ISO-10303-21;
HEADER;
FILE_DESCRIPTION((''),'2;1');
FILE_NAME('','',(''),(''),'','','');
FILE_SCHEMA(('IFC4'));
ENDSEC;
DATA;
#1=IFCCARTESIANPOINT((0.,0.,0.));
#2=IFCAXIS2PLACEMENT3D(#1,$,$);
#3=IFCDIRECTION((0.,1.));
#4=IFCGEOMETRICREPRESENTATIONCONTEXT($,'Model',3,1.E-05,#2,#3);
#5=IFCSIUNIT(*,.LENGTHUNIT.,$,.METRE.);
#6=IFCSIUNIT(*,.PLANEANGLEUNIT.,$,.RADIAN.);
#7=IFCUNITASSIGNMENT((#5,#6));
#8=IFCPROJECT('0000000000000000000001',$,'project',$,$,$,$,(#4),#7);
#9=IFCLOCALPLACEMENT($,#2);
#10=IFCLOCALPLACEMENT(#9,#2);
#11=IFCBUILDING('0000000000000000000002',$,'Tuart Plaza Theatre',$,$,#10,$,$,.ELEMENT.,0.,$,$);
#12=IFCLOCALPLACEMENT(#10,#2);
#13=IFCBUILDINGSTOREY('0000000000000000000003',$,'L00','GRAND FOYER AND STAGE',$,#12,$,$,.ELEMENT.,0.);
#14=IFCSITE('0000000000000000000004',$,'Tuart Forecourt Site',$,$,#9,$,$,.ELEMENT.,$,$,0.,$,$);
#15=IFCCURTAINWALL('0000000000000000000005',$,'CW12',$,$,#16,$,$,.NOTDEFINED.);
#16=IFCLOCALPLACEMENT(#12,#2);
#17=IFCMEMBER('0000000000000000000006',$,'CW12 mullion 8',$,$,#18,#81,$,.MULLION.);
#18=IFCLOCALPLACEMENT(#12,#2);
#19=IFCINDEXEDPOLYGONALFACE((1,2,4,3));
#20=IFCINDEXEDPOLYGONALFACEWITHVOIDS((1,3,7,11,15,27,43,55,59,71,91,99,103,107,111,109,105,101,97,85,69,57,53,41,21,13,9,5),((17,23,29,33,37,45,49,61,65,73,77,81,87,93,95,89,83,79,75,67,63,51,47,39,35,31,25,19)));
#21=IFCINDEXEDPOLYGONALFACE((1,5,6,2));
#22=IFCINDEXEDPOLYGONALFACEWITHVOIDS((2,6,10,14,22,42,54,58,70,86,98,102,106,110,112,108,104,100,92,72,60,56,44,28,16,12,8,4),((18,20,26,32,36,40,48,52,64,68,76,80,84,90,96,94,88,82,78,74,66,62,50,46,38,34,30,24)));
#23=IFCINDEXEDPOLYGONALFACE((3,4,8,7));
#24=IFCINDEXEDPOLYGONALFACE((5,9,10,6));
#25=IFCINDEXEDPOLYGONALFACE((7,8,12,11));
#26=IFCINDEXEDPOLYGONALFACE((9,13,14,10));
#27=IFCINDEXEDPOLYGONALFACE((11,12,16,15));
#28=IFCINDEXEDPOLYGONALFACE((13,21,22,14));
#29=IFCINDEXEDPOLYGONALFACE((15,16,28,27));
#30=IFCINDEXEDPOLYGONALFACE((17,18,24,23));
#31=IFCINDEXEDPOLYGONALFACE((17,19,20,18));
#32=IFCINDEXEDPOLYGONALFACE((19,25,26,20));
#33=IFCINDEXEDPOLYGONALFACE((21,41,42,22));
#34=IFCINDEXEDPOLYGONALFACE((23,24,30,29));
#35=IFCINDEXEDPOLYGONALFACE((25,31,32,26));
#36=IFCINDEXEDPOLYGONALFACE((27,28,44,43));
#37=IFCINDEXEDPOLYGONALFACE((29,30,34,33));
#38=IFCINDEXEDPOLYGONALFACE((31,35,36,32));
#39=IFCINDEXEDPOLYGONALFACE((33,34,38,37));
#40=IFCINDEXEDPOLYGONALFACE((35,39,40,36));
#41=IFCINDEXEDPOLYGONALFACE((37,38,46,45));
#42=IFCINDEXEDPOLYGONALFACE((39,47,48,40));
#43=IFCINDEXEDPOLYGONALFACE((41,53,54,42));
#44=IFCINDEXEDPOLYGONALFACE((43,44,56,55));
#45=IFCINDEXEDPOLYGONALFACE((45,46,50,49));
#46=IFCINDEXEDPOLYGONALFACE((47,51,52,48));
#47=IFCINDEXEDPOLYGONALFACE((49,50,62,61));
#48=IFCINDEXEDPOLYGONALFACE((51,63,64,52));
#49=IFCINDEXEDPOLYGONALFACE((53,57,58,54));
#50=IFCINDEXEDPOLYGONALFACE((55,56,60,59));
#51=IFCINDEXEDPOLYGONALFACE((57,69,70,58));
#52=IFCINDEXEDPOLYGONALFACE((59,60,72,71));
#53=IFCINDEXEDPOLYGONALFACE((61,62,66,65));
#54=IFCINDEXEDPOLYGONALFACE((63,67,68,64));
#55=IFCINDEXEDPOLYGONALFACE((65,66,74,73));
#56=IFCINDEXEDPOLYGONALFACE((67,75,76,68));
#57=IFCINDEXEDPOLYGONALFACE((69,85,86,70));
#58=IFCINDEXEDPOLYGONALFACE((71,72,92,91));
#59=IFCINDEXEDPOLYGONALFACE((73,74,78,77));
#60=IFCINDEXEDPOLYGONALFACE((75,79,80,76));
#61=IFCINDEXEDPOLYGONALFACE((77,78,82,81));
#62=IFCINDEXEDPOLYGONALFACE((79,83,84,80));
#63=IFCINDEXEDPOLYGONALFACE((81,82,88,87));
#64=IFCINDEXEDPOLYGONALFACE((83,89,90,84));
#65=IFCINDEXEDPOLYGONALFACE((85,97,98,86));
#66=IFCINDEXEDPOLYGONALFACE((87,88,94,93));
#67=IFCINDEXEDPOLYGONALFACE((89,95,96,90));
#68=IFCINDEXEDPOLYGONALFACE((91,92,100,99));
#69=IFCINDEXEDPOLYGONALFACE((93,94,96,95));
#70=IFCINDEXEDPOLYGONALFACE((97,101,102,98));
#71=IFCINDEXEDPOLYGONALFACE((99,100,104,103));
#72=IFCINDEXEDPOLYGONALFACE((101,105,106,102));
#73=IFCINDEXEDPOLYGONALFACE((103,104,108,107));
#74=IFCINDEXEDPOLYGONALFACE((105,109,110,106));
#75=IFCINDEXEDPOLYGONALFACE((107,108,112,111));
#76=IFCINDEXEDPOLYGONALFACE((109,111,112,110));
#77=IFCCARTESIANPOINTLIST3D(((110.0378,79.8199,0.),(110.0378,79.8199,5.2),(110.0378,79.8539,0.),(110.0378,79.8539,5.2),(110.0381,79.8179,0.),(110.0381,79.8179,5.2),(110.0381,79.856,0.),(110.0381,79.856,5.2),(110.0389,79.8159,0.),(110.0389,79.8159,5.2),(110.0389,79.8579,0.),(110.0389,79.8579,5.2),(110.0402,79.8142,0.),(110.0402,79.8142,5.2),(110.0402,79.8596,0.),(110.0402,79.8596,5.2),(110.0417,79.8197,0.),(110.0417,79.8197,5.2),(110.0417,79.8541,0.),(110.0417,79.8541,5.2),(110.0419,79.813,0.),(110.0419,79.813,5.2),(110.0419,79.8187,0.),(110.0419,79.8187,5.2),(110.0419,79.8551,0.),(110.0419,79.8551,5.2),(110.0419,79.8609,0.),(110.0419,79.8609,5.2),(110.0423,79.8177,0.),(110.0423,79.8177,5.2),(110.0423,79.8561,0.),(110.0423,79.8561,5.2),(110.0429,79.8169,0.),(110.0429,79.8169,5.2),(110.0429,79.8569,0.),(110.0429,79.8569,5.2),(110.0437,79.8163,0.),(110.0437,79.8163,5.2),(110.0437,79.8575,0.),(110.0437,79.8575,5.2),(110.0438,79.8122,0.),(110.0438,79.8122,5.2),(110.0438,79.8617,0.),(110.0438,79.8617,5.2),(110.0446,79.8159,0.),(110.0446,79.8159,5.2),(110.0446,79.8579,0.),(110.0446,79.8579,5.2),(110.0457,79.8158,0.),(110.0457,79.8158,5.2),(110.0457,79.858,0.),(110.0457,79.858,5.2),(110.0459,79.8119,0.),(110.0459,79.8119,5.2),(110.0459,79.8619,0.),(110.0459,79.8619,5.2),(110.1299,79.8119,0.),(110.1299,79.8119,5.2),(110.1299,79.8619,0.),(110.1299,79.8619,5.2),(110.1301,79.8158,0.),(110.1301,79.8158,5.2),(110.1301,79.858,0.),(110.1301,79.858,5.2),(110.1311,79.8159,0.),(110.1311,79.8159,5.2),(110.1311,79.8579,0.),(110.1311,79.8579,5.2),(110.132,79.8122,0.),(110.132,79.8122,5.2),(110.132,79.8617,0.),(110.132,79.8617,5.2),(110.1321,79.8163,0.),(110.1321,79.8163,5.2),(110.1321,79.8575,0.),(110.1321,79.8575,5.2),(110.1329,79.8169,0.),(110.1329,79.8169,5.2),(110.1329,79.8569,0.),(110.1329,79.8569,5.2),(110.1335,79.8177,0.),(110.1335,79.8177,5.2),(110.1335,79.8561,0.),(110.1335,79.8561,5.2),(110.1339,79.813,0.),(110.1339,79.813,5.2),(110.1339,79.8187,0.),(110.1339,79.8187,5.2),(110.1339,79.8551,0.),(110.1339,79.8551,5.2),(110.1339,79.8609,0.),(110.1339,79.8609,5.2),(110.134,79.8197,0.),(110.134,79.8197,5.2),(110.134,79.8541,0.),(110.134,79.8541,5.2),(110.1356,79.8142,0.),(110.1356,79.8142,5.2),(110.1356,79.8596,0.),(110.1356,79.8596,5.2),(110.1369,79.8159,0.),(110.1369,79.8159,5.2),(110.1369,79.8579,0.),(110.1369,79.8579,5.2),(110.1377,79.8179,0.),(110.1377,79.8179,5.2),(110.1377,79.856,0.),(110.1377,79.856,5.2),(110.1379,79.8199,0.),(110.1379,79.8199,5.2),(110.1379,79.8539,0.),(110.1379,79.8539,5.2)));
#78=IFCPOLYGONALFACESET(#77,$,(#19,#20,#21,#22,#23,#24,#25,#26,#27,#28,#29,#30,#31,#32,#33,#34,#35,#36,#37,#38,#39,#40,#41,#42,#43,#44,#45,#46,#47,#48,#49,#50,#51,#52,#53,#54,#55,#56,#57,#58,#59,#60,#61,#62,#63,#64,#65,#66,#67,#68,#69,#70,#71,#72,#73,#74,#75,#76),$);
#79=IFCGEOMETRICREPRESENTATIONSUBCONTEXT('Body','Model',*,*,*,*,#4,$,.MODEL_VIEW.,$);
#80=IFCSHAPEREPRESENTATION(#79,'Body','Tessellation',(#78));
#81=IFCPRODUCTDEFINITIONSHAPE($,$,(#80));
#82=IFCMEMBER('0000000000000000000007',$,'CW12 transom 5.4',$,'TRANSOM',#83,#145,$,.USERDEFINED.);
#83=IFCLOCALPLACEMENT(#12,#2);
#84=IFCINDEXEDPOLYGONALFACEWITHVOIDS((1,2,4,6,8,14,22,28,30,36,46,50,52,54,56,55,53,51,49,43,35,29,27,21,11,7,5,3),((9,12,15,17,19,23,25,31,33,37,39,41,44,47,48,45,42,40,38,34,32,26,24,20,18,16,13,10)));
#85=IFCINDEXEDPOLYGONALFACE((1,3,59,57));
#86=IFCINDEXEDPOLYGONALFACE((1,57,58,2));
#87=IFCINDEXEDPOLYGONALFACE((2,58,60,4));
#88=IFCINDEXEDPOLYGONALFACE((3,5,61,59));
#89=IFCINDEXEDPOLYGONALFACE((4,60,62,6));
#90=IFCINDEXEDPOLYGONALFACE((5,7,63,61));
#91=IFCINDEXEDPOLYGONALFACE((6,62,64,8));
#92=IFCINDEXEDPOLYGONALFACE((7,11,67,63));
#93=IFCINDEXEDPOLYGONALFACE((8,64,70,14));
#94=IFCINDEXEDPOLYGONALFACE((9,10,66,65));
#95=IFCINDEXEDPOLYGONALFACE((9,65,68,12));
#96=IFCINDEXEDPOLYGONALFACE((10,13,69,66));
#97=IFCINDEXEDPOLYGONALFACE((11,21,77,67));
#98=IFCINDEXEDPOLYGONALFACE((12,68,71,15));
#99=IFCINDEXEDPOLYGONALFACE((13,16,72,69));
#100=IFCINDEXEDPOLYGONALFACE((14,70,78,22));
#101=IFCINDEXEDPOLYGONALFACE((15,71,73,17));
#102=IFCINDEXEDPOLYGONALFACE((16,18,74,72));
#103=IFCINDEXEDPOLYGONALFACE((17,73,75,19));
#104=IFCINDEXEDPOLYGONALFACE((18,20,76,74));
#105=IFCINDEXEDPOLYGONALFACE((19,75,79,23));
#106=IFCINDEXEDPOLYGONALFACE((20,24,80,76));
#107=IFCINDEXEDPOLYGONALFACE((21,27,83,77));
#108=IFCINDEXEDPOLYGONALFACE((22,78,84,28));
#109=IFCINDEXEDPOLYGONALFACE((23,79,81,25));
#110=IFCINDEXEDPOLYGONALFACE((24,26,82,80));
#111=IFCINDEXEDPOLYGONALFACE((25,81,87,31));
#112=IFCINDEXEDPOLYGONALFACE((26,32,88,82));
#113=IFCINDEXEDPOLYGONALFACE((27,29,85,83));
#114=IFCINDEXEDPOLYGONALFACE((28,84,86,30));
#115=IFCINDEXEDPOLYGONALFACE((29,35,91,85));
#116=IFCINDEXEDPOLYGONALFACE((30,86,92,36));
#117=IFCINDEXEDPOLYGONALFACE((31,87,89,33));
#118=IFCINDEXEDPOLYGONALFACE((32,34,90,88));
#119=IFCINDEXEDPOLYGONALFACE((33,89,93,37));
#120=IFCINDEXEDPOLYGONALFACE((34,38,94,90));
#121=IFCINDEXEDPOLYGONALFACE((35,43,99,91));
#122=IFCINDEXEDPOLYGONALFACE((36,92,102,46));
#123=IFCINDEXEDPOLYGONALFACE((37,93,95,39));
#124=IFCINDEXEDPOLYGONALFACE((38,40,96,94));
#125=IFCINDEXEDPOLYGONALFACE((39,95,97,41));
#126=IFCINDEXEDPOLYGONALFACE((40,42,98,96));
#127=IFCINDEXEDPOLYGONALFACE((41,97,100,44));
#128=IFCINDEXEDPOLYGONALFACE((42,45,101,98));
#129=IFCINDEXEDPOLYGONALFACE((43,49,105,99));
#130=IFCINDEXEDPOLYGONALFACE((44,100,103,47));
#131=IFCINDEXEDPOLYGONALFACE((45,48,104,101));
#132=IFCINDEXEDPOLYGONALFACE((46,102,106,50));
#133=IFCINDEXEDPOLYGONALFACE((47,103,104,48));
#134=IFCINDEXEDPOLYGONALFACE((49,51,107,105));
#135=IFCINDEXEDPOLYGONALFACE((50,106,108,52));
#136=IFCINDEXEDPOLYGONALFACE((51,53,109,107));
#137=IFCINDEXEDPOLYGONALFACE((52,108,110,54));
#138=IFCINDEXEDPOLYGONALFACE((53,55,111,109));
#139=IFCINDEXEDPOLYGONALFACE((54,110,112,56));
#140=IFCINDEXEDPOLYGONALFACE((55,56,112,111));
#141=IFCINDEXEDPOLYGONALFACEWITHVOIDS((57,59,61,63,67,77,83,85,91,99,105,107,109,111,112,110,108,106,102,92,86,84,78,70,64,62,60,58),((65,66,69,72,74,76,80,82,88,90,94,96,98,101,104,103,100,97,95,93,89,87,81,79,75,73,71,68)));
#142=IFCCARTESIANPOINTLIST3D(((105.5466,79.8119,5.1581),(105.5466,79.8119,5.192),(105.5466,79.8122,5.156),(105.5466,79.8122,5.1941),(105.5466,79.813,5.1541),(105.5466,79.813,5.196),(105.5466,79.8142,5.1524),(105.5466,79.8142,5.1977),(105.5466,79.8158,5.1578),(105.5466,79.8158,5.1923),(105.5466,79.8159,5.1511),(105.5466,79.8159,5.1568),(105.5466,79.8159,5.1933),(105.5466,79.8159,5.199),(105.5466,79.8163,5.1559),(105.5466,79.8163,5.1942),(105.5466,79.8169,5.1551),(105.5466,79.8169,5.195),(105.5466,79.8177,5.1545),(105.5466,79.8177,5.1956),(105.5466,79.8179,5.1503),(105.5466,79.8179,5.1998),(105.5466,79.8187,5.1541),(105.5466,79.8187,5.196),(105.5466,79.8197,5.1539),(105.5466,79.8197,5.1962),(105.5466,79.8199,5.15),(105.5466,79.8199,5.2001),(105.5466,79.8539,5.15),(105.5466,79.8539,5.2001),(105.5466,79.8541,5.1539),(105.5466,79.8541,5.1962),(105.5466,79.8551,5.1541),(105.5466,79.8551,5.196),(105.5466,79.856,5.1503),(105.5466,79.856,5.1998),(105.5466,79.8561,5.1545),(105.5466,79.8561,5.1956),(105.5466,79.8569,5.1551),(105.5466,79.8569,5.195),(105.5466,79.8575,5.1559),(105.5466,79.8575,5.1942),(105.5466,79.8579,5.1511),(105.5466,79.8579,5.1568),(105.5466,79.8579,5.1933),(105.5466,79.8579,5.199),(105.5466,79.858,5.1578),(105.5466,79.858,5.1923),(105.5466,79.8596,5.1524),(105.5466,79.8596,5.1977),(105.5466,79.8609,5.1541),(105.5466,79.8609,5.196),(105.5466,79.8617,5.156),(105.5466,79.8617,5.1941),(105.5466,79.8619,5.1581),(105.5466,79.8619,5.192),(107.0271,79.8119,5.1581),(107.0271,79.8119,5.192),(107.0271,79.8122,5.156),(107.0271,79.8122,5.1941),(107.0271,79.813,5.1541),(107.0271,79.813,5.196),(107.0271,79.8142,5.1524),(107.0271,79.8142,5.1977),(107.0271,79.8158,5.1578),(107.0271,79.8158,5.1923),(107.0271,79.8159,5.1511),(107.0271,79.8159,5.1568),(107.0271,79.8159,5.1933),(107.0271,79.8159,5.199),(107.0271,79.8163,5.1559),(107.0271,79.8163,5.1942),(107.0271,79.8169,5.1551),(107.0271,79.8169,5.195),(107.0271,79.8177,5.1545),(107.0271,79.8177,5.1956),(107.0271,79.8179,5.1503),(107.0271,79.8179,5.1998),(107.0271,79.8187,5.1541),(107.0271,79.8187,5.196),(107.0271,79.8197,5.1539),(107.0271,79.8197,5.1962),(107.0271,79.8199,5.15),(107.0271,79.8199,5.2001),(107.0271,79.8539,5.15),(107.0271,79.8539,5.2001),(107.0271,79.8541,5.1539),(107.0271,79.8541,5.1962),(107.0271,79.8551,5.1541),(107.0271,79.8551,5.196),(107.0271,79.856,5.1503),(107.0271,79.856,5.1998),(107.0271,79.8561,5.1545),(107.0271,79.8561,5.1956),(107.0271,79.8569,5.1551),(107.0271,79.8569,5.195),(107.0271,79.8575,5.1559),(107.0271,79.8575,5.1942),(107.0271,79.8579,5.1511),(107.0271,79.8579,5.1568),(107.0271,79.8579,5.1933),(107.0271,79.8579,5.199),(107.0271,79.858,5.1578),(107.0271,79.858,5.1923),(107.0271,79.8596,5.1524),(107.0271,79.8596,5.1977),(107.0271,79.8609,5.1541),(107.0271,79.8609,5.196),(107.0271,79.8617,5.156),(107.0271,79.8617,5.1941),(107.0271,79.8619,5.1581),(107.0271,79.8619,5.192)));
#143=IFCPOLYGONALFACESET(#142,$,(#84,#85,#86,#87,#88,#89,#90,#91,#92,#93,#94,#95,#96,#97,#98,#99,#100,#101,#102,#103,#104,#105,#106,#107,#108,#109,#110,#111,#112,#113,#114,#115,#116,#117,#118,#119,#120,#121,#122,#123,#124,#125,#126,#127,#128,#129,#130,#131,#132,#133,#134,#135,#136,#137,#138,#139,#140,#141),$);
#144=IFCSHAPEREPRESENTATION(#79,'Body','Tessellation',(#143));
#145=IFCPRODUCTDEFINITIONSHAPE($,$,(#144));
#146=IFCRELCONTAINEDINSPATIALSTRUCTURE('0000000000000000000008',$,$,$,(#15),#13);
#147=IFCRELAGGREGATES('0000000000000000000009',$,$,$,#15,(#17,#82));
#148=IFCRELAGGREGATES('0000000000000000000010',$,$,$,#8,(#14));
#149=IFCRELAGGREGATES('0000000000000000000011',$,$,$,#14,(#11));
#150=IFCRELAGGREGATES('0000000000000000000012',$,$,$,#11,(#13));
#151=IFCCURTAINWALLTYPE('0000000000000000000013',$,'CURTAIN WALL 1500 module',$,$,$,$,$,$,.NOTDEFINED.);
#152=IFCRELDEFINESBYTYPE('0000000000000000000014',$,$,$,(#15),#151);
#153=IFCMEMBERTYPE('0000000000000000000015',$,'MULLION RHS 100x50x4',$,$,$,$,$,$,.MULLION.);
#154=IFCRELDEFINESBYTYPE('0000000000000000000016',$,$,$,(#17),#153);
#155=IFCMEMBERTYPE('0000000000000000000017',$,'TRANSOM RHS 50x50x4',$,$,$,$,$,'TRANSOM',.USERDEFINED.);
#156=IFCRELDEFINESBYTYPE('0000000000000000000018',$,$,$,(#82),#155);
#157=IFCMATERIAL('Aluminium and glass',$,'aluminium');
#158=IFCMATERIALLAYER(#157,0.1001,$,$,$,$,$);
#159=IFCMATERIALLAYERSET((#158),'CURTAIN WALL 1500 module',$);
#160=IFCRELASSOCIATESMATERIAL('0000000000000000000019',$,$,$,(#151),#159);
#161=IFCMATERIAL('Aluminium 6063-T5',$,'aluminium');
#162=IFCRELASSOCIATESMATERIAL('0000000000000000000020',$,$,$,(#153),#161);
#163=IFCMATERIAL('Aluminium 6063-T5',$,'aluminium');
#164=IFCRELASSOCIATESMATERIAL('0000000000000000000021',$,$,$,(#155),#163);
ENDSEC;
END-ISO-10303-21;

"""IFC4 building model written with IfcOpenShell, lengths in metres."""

from ifc_helpers import new_model, si_unit, direction, frame, origin, origin_2d, place, context, subcontext, project, spatial, hollow_rectangle, extrude, material, layer, layer_set, material_profile, profile_set, type_object, element, aggregate, save


model = new_model("IFC4")

# Units and contexts
model_context = context("Model", 3, precision=1e-05, world=origin(), true_north=direction((0.0, 1.0)))
body_context = subcontext(model_context, "Body", "Model", "MODEL_VIEW")
ifc_project = project(units=[si_unit("LENGTHUNIT", "METRE"), si_unit("PLANEANGLEUNIT", "RADIAN")], contexts=[model_context])

# Site, building, storey
site_placement = place(None, origin())
site = spatial("IfcSite", under=ifc_project, at=site_placement, Name="Tuart Forecourt Site", CompositionType="ELEMENT", RefElevation=0.0)
building_placement = place(site_placement, origin())
building = spatial("IfcBuilding", under=site, at=building_placement, Name="Tuart Plaza Theatre", CompositionType="ELEMENT", ElevationOfRefHeight=0.0)
storey_placement = place(building_placement, origin())
storey = spatial("IfcBuildingStorey", under=building, at=storey_placement, Name="L00", Description="GRAND FOYER AND STAGE", CompositionType="ELEMENT", Elevation=0.0)

# Curtain wall, members
ifc_material_1 = material(Name="Aluminium and glass", Category="aluminium")
ifc_layer_1 = layer(ifc_material_1, 0.1001)
ifc_layer_set_1 = layer_set([ifc_layer_1], Name="CURTAIN WALL 1500 module")
curtain_wall_type = type_object("IfcCurtainWallType", Name="CURTAIN WALL 1500 module", PredefinedType="NOTDEFINED", material=ifc_layer_set_1)
curtain_wall_placement = place(storey_placement, origin())
curtain_wall = element("IfcCurtainWall", 1, at=curtain_wall_placement, inside=storey, type_object=curtain_wall_type, Name="CW12", PredefinedType="NOTDEFINED")
ifc_material_2 = material(Name="Aluminium 6063-T5", Category="aluminium")
ifc_material_profile_1 = material_profile(ifc_material_2, hollow_rectangle(XDim=0.05, YDim=0.1001, WallThickness=0.0039, InnerFilletRadius=0.0039, OuterFilletRadius=0.0081, at=origin_2d()), Name="RHS 100x50x4")
ifc_profile_set_1 = profile_set([ifc_material_profile_1], Name="Aluminium 6063-T5")
member_type_1 = type_object("IfcMemberType", Name="MULLION RHS 100x50x4", PredefinedType="MULLION", material=ifc_profile_set_1)
member_1_placement = place(storey_placement, frame((110.0879, 79.8369, 0.0), z_axis=(0.0, 0.0, 1.0), x_axis=(0.0, 1.0, 0.0)))
member_1 = element("IfcMember", 2, at=member_1_placement, type_object=member_type_1, Name="CW12 mullion 8", PredefinedType="MULLION", context=body_context, shape_type="SweptSolid", body=[
    extrude(hollow_rectangle(XDim=0.05, YDim=0.1001, WallThickness=0.0039, InnerFilletRadius=0.0039, OuterFilletRadius=0.0081, at=origin_2d()), origin(), (0.0, 0.0, 1.0), 5.2),
])
ifc_material_3 = material(Name="Aluminium 6063-T5", Category="aluminium")
ifc_material_profile_2 = material_profile(ifc_material_3, hollow_rectangle(XDim=0.05, YDim=0.05, WallThickness=0.0039, InnerFilletRadius=0.0039, OuterFilletRadius=0.0081, at=origin_2d()), Name="RHS 50x50x4")
ifc_profile_set_2 = profile_set([ifc_material_profile_2], Name="Aluminium 6063-T5")
member_type_2 = type_object("IfcMemberType", Name="TRANSOM RHS 50x50x4", ElementType="TRANSOM", PredefinedType="USERDEFINED", material=ifc_profile_set_2)
member_2_placement = place(storey_placement, frame((105.5466, 79.8369, 5.175), z_axis=(1.0, 0.0, 0.0), x_axis=(0.0, 1.0, 0.0)))
member_2 = element("IfcMember", 3, at=member_2_placement, type_object=member_type_2, Name="CW12 transom 5.4", ObjectType="TRANSOM", PredefinedType="USERDEFINED", context=body_context, shape_type="SweptSolid", body=[
    extrude(hollow_rectangle(XDim=0.05, YDim=0.05, WallThickness=0.0039, InnerFilletRadius=0.0039, OuterFilletRadius=0.0081, at=origin_2d()), origin(), (0.0, 0.0, 1.0), 1.4805),
])
aggregate(curtain_wall, [member_1, member_2])

save(model, "model.ifc")
